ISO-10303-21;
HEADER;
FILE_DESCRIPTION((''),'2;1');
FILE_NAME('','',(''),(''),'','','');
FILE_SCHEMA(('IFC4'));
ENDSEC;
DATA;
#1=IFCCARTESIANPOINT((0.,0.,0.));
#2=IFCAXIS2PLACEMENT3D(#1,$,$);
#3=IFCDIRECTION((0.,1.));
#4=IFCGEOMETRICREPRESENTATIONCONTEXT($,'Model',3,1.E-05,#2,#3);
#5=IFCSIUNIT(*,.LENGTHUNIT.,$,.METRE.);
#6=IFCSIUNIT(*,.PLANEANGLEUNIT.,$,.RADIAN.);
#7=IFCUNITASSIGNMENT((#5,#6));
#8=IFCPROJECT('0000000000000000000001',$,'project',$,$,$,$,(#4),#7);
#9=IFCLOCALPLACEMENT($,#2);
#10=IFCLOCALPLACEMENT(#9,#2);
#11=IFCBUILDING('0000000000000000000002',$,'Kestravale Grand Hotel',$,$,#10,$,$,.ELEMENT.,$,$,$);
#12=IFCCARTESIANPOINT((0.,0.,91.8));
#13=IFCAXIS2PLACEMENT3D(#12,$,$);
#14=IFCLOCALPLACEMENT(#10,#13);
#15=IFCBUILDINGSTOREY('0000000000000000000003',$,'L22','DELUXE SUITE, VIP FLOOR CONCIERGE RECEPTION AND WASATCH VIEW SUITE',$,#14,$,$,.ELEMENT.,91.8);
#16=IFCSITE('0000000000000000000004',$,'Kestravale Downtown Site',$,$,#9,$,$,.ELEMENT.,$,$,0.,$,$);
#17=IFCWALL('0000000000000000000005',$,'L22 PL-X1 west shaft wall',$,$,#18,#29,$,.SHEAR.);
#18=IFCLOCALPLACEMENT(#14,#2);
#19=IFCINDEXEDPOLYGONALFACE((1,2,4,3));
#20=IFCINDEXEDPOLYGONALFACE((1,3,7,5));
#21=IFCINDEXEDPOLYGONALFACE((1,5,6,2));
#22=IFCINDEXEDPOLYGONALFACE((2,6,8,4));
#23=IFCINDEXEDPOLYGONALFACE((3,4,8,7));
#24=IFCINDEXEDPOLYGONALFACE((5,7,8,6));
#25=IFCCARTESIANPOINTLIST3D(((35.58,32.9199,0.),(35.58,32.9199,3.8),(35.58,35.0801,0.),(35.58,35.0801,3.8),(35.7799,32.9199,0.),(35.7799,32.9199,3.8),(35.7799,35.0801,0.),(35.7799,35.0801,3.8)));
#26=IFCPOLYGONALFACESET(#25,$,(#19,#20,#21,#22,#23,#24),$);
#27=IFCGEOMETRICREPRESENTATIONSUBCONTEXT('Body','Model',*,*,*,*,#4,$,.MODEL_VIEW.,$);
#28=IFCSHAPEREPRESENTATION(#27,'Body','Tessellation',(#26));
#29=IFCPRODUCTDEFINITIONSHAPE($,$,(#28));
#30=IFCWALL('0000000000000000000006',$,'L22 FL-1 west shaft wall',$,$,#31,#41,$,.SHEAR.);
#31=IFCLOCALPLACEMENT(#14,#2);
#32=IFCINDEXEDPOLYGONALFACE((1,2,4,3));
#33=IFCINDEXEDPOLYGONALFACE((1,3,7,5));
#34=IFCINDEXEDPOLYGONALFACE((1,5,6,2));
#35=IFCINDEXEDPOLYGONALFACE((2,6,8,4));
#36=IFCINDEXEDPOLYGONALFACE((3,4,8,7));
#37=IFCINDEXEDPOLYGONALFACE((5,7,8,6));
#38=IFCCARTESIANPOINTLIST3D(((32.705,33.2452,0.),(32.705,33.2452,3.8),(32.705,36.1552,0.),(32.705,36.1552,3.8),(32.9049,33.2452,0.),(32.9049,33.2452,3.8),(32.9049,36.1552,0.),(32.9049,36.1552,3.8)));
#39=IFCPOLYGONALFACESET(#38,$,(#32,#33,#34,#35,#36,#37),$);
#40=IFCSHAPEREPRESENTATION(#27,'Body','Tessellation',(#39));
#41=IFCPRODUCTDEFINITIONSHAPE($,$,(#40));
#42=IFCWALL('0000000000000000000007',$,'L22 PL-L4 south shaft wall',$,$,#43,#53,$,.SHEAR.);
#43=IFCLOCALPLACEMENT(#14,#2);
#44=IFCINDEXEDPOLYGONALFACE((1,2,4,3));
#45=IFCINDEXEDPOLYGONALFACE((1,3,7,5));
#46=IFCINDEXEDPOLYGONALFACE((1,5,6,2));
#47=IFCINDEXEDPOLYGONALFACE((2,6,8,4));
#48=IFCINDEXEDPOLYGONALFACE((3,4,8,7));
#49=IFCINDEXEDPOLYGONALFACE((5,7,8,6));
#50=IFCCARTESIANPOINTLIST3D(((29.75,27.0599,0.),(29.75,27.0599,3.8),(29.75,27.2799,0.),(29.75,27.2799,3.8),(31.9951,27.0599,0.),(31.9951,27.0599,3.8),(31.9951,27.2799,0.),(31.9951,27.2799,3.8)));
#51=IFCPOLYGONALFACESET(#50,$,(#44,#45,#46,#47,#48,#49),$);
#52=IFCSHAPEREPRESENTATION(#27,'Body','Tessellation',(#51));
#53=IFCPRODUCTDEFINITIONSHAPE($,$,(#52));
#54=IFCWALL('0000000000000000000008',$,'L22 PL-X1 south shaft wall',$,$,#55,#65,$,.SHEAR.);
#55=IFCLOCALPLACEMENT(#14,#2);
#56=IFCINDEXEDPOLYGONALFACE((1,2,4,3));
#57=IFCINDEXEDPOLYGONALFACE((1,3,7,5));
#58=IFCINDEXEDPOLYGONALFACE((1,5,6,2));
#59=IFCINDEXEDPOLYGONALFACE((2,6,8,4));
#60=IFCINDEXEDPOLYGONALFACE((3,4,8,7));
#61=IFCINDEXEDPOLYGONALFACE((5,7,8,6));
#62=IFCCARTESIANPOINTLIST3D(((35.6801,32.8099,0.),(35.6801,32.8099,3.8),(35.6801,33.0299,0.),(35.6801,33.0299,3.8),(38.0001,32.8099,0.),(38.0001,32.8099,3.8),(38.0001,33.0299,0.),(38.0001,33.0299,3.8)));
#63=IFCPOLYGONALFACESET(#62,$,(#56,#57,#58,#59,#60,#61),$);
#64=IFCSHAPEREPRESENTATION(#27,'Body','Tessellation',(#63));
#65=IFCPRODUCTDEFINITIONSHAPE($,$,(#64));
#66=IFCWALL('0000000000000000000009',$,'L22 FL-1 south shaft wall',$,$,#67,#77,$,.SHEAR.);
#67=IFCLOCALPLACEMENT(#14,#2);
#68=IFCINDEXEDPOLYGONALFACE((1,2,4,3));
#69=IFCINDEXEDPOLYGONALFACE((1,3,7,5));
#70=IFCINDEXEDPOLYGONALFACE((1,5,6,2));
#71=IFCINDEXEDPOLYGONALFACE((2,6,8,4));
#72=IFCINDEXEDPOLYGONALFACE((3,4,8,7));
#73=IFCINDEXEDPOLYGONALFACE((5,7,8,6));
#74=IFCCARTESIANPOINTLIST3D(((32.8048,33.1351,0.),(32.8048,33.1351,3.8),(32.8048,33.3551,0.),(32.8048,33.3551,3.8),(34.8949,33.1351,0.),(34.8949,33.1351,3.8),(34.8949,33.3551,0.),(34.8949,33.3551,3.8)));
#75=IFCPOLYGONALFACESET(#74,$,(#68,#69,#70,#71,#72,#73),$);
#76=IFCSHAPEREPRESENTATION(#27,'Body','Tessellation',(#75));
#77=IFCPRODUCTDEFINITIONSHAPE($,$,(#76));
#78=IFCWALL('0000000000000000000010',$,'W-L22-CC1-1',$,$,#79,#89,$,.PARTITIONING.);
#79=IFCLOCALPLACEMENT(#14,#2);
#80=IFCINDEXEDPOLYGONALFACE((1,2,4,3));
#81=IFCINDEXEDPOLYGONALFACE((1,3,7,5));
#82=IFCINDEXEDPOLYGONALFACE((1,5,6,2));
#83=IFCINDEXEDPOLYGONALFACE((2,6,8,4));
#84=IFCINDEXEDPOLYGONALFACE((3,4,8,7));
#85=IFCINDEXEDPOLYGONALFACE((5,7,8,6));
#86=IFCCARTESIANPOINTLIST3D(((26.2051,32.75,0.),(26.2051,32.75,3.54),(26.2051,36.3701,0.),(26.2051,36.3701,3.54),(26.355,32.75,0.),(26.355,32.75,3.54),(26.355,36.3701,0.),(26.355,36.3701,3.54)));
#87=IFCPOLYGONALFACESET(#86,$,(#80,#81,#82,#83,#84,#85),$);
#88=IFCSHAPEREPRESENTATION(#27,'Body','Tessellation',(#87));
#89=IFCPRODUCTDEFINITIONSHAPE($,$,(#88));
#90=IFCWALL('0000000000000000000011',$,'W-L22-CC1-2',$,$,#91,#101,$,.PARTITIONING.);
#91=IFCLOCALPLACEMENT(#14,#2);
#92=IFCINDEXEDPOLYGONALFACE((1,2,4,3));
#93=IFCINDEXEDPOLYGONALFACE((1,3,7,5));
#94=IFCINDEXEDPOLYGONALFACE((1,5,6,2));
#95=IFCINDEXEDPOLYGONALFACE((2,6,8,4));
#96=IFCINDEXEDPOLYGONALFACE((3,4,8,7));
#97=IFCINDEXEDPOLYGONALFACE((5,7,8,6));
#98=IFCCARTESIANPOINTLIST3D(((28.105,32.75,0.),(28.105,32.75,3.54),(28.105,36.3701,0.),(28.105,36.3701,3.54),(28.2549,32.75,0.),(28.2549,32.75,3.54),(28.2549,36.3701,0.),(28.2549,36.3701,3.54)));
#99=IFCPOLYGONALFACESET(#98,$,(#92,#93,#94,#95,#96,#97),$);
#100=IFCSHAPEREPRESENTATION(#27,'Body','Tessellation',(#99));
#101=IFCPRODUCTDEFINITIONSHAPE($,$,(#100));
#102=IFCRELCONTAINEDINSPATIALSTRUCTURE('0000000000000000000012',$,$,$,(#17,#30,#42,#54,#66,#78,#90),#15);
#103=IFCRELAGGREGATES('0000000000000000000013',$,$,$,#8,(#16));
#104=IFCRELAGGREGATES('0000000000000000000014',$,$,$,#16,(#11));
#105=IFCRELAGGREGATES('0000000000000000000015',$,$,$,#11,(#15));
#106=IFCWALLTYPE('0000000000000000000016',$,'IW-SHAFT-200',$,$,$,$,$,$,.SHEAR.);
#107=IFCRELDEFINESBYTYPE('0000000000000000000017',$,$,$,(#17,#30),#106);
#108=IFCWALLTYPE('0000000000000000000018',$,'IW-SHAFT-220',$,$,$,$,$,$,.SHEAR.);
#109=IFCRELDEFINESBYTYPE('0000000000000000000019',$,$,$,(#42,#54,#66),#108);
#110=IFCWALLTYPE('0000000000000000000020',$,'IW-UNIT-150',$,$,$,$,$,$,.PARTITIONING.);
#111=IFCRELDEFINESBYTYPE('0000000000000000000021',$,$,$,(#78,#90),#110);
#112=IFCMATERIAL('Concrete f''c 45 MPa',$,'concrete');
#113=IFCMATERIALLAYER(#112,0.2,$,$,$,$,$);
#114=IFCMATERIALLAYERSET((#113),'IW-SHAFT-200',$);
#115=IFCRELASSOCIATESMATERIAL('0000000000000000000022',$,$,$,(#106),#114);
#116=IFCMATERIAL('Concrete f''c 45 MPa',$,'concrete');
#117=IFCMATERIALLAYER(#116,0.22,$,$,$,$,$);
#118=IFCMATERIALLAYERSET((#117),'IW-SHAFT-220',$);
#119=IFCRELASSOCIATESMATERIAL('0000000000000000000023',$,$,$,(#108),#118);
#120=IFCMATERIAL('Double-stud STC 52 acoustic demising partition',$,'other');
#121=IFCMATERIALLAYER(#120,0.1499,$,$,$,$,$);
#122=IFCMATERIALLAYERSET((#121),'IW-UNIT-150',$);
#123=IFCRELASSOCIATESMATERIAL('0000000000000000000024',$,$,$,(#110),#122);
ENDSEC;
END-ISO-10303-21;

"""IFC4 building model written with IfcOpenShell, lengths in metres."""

from ifc_helpers import new_model, si_unit, direction, frame, frame_2d, origin, place, context, subcontext, project, spatial, rectangle, extrude, material, layer, layer_set, type_object, element, save


model = new_model("IFC4")

# Units and contexts
model_context = context("Model", 3, precision=1e-05, world=origin(), true_north=direction((0.0, 1.0)))
body_context = subcontext(model_context, "Body", "Model", "MODEL_VIEW")
ifc_project = project(units=[si_unit("LENGTHUNIT", "METRE"), si_unit("PLANEANGLEUNIT", "RADIAN")], contexts=[model_context])

# Site, building, storey
site_placement = place(None, origin())
site = spatial("IfcSite", under=ifc_project, at=site_placement, Name="Kestravale Downtown Site", CompositionType="ELEMENT", RefElevation=0.0)
building_placement = place(site_placement, origin())
building = spatial("IfcBuilding", under=site, at=building_placement, Name="Kestravale Grand Hotel", CompositionType="ELEMENT")
storey_placement = place(building_placement, frame((0.0, 0.0, 91.8)))
storey = spatial("IfcBuildingStorey", under=building, at=storey_placement, Name="L22", Description="DELUXE SUITE, VIP FLOOR CONCIERGE RECEPTION AND WASATCH VIEW SUITE", CompositionType="ELEMENT", Elevation=91.8)

# Walls
ifc_material_1 = material(Name="Concrete f'c 45 MPa", Category="concrete")
ifc_layer_1 = layer(ifc_material_1, 0.2)
ifc_layer_set_1 = layer_set([ifc_layer_1], Name="IW-SHAFT-200")
wall_type_1 = type_object("IfcWallType", Name="IW-SHAFT-200", PredefinedType="SHEAR", material=ifc_layer_set_1)
wall_1_placement = place(storey_placement, frame((35.6799, 32.9199, 0.0), z_axis=(0.0, 0.0, 1.0), x_axis=(0.0, 1.0, 0.0)))
element("IfcWall", 1, at=wall_1_placement, inside=storey, type_object=wall_type_1, Name="L22 PL-X1 west shaft wall", PredefinedType="SHEAR", context=body_context, shape_type="SweptSolid", body=[
    extrude(rectangle(XDim=2.1602, YDim=0.2, at=frame_2d((1.0801, 0.0))), origin(), (0.0, 0.0, 1.0), 3.8),
])
wall_2_placement = place(storey_placement, frame((32.8049, 33.2451, 0.0), z_axis=(0.0, 0.0, 1.0), x_axis=(0.0, 1.0, 0.0)))
element("IfcWall", 2, at=wall_2_placement, inside=storey, type_object=wall_type_1, Name="L22 FL-1 west shaft wall", PredefinedType="SHEAR", context=body_context, shape_type="SweptSolid", body=[
    extrude(rectangle(XDim=2.9099, YDim=0.2, at=frame_2d((1.4551, 0.0))), origin(), (0.0, 0.0, 1.0), 3.8),
])

# Shared definitions
ifc_material_2 = material(Name="Concrete f'c 45 MPa", Category="concrete")
ifc_layer_2 = layer(ifc_material_2, 0.22)
ifc_layer_set_2 = layer_set([ifc_layer_2], Name="IW-SHAFT-220")
wall_type_2 = type_object("IfcWallType", Name="IW-SHAFT-220", PredefinedType="SHEAR", material=ifc_layer_set_2)

# Walls
wall_3_placement = place(storey_placement, frame((29.75, 27.1699, 0.0), z_axis=(0.0, 0.0, 1.0), x_axis=(1.0, 0.0, 0.0)))
element("IfcWall", 3, at=wall_3_placement, inside=storey, type_object=wall_type_2, Name="L22 PL-L4 south shaft wall", PredefinedType="SHEAR", context=body_context, shape_type="SweptSolid", body=[
    extrude(rectangle(XDim=2.2451, YDim=0.22, at=frame_2d((1.1226, 0.0))), origin(), (0.0, 0.0, 1.0), 3.8),
])
wall_4_placement = place(storey_placement, frame((35.6799, 32.9199, 0.0), z_axis=(0.0, 0.0, 1.0), x_axis=(1.0, 0.0, 0.0)))
element("IfcWall", 4, at=wall_4_placement, inside=storey, type_object=wall_type_2, Name="L22 PL-X1 south shaft wall", PredefinedType="SHEAR", context=body_context, shape_type="SweptSolid", body=[
    extrude(rectangle(XDim=2.3201, YDim=0.22, at=frame_2d((1.1602, 0.0))), origin(), (0.0, 0.0, 1.0), 3.8),
])
wall_5_placement = place(storey_placement, frame((32.8049, 33.2451, 0.0), z_axis=(0.0, 0.0, 1.0), x_axis=(1.0, 0.0, 0.0)))
element("IfcWall", 5, at=wall_5_placement, inside=storey, type_object=wall_type_2, Name="L22 FL-1 south shaft wall", PredefinedType="SHEAR", context=body_context, shape_type="SweptSolid", body=[
    extrude(rectangle(XDim=2.0901, YDim=0.22, at=frame_2d((1.0449, 0.0))), origin(), (0.0, 0.0, 1.0), 3.8),
])
ifc_material_3 = material(Name="Double-stud STC 52 acoustic demising partition", Category="other")
ifc_layer_3 = layer(ifc_material_3, 0.1499)
ifc_layer_set_3 = layer_set([ifc_layer_3], Name="IW-UNIT-150")
wall_type_3 = type_object("IfcWallType", Name="IW-UNIT-150", PredefinedType="PARTITIONING", material=ifc_layer_set_3)
for number, where, z_axis, x_axis, name in (
    (6, (26.28, 32.75, 0.0), (0.0, 0.0, 1.0), (0.0, 1.0, 0.0), "W-L22-CC1-1"),
    (7, (28.1799, 32.75, 0.0), (0.0, 0.0, 1.0), (0.0, 1.0, 0.0), "W-L22-CC1-2"),
):
    element("IfcWall", number, at=place(storey_placement, frame(where, z_axis=z_axis, x_axis=x_axis)), inside=storey, type_object=wall_type_3, Name=name, PredefinedType="PARTITIONING", context=body_context, shape_type="SweptSolid", body=[
        extrude(rectangle(XDim=3.6201, YDim=0.1499, at=frame_2d((1.8101, 0.0))), origin(), (0.0, 0.0, 1.0), 3.54),
    ])

save(model, "model.ifc")
